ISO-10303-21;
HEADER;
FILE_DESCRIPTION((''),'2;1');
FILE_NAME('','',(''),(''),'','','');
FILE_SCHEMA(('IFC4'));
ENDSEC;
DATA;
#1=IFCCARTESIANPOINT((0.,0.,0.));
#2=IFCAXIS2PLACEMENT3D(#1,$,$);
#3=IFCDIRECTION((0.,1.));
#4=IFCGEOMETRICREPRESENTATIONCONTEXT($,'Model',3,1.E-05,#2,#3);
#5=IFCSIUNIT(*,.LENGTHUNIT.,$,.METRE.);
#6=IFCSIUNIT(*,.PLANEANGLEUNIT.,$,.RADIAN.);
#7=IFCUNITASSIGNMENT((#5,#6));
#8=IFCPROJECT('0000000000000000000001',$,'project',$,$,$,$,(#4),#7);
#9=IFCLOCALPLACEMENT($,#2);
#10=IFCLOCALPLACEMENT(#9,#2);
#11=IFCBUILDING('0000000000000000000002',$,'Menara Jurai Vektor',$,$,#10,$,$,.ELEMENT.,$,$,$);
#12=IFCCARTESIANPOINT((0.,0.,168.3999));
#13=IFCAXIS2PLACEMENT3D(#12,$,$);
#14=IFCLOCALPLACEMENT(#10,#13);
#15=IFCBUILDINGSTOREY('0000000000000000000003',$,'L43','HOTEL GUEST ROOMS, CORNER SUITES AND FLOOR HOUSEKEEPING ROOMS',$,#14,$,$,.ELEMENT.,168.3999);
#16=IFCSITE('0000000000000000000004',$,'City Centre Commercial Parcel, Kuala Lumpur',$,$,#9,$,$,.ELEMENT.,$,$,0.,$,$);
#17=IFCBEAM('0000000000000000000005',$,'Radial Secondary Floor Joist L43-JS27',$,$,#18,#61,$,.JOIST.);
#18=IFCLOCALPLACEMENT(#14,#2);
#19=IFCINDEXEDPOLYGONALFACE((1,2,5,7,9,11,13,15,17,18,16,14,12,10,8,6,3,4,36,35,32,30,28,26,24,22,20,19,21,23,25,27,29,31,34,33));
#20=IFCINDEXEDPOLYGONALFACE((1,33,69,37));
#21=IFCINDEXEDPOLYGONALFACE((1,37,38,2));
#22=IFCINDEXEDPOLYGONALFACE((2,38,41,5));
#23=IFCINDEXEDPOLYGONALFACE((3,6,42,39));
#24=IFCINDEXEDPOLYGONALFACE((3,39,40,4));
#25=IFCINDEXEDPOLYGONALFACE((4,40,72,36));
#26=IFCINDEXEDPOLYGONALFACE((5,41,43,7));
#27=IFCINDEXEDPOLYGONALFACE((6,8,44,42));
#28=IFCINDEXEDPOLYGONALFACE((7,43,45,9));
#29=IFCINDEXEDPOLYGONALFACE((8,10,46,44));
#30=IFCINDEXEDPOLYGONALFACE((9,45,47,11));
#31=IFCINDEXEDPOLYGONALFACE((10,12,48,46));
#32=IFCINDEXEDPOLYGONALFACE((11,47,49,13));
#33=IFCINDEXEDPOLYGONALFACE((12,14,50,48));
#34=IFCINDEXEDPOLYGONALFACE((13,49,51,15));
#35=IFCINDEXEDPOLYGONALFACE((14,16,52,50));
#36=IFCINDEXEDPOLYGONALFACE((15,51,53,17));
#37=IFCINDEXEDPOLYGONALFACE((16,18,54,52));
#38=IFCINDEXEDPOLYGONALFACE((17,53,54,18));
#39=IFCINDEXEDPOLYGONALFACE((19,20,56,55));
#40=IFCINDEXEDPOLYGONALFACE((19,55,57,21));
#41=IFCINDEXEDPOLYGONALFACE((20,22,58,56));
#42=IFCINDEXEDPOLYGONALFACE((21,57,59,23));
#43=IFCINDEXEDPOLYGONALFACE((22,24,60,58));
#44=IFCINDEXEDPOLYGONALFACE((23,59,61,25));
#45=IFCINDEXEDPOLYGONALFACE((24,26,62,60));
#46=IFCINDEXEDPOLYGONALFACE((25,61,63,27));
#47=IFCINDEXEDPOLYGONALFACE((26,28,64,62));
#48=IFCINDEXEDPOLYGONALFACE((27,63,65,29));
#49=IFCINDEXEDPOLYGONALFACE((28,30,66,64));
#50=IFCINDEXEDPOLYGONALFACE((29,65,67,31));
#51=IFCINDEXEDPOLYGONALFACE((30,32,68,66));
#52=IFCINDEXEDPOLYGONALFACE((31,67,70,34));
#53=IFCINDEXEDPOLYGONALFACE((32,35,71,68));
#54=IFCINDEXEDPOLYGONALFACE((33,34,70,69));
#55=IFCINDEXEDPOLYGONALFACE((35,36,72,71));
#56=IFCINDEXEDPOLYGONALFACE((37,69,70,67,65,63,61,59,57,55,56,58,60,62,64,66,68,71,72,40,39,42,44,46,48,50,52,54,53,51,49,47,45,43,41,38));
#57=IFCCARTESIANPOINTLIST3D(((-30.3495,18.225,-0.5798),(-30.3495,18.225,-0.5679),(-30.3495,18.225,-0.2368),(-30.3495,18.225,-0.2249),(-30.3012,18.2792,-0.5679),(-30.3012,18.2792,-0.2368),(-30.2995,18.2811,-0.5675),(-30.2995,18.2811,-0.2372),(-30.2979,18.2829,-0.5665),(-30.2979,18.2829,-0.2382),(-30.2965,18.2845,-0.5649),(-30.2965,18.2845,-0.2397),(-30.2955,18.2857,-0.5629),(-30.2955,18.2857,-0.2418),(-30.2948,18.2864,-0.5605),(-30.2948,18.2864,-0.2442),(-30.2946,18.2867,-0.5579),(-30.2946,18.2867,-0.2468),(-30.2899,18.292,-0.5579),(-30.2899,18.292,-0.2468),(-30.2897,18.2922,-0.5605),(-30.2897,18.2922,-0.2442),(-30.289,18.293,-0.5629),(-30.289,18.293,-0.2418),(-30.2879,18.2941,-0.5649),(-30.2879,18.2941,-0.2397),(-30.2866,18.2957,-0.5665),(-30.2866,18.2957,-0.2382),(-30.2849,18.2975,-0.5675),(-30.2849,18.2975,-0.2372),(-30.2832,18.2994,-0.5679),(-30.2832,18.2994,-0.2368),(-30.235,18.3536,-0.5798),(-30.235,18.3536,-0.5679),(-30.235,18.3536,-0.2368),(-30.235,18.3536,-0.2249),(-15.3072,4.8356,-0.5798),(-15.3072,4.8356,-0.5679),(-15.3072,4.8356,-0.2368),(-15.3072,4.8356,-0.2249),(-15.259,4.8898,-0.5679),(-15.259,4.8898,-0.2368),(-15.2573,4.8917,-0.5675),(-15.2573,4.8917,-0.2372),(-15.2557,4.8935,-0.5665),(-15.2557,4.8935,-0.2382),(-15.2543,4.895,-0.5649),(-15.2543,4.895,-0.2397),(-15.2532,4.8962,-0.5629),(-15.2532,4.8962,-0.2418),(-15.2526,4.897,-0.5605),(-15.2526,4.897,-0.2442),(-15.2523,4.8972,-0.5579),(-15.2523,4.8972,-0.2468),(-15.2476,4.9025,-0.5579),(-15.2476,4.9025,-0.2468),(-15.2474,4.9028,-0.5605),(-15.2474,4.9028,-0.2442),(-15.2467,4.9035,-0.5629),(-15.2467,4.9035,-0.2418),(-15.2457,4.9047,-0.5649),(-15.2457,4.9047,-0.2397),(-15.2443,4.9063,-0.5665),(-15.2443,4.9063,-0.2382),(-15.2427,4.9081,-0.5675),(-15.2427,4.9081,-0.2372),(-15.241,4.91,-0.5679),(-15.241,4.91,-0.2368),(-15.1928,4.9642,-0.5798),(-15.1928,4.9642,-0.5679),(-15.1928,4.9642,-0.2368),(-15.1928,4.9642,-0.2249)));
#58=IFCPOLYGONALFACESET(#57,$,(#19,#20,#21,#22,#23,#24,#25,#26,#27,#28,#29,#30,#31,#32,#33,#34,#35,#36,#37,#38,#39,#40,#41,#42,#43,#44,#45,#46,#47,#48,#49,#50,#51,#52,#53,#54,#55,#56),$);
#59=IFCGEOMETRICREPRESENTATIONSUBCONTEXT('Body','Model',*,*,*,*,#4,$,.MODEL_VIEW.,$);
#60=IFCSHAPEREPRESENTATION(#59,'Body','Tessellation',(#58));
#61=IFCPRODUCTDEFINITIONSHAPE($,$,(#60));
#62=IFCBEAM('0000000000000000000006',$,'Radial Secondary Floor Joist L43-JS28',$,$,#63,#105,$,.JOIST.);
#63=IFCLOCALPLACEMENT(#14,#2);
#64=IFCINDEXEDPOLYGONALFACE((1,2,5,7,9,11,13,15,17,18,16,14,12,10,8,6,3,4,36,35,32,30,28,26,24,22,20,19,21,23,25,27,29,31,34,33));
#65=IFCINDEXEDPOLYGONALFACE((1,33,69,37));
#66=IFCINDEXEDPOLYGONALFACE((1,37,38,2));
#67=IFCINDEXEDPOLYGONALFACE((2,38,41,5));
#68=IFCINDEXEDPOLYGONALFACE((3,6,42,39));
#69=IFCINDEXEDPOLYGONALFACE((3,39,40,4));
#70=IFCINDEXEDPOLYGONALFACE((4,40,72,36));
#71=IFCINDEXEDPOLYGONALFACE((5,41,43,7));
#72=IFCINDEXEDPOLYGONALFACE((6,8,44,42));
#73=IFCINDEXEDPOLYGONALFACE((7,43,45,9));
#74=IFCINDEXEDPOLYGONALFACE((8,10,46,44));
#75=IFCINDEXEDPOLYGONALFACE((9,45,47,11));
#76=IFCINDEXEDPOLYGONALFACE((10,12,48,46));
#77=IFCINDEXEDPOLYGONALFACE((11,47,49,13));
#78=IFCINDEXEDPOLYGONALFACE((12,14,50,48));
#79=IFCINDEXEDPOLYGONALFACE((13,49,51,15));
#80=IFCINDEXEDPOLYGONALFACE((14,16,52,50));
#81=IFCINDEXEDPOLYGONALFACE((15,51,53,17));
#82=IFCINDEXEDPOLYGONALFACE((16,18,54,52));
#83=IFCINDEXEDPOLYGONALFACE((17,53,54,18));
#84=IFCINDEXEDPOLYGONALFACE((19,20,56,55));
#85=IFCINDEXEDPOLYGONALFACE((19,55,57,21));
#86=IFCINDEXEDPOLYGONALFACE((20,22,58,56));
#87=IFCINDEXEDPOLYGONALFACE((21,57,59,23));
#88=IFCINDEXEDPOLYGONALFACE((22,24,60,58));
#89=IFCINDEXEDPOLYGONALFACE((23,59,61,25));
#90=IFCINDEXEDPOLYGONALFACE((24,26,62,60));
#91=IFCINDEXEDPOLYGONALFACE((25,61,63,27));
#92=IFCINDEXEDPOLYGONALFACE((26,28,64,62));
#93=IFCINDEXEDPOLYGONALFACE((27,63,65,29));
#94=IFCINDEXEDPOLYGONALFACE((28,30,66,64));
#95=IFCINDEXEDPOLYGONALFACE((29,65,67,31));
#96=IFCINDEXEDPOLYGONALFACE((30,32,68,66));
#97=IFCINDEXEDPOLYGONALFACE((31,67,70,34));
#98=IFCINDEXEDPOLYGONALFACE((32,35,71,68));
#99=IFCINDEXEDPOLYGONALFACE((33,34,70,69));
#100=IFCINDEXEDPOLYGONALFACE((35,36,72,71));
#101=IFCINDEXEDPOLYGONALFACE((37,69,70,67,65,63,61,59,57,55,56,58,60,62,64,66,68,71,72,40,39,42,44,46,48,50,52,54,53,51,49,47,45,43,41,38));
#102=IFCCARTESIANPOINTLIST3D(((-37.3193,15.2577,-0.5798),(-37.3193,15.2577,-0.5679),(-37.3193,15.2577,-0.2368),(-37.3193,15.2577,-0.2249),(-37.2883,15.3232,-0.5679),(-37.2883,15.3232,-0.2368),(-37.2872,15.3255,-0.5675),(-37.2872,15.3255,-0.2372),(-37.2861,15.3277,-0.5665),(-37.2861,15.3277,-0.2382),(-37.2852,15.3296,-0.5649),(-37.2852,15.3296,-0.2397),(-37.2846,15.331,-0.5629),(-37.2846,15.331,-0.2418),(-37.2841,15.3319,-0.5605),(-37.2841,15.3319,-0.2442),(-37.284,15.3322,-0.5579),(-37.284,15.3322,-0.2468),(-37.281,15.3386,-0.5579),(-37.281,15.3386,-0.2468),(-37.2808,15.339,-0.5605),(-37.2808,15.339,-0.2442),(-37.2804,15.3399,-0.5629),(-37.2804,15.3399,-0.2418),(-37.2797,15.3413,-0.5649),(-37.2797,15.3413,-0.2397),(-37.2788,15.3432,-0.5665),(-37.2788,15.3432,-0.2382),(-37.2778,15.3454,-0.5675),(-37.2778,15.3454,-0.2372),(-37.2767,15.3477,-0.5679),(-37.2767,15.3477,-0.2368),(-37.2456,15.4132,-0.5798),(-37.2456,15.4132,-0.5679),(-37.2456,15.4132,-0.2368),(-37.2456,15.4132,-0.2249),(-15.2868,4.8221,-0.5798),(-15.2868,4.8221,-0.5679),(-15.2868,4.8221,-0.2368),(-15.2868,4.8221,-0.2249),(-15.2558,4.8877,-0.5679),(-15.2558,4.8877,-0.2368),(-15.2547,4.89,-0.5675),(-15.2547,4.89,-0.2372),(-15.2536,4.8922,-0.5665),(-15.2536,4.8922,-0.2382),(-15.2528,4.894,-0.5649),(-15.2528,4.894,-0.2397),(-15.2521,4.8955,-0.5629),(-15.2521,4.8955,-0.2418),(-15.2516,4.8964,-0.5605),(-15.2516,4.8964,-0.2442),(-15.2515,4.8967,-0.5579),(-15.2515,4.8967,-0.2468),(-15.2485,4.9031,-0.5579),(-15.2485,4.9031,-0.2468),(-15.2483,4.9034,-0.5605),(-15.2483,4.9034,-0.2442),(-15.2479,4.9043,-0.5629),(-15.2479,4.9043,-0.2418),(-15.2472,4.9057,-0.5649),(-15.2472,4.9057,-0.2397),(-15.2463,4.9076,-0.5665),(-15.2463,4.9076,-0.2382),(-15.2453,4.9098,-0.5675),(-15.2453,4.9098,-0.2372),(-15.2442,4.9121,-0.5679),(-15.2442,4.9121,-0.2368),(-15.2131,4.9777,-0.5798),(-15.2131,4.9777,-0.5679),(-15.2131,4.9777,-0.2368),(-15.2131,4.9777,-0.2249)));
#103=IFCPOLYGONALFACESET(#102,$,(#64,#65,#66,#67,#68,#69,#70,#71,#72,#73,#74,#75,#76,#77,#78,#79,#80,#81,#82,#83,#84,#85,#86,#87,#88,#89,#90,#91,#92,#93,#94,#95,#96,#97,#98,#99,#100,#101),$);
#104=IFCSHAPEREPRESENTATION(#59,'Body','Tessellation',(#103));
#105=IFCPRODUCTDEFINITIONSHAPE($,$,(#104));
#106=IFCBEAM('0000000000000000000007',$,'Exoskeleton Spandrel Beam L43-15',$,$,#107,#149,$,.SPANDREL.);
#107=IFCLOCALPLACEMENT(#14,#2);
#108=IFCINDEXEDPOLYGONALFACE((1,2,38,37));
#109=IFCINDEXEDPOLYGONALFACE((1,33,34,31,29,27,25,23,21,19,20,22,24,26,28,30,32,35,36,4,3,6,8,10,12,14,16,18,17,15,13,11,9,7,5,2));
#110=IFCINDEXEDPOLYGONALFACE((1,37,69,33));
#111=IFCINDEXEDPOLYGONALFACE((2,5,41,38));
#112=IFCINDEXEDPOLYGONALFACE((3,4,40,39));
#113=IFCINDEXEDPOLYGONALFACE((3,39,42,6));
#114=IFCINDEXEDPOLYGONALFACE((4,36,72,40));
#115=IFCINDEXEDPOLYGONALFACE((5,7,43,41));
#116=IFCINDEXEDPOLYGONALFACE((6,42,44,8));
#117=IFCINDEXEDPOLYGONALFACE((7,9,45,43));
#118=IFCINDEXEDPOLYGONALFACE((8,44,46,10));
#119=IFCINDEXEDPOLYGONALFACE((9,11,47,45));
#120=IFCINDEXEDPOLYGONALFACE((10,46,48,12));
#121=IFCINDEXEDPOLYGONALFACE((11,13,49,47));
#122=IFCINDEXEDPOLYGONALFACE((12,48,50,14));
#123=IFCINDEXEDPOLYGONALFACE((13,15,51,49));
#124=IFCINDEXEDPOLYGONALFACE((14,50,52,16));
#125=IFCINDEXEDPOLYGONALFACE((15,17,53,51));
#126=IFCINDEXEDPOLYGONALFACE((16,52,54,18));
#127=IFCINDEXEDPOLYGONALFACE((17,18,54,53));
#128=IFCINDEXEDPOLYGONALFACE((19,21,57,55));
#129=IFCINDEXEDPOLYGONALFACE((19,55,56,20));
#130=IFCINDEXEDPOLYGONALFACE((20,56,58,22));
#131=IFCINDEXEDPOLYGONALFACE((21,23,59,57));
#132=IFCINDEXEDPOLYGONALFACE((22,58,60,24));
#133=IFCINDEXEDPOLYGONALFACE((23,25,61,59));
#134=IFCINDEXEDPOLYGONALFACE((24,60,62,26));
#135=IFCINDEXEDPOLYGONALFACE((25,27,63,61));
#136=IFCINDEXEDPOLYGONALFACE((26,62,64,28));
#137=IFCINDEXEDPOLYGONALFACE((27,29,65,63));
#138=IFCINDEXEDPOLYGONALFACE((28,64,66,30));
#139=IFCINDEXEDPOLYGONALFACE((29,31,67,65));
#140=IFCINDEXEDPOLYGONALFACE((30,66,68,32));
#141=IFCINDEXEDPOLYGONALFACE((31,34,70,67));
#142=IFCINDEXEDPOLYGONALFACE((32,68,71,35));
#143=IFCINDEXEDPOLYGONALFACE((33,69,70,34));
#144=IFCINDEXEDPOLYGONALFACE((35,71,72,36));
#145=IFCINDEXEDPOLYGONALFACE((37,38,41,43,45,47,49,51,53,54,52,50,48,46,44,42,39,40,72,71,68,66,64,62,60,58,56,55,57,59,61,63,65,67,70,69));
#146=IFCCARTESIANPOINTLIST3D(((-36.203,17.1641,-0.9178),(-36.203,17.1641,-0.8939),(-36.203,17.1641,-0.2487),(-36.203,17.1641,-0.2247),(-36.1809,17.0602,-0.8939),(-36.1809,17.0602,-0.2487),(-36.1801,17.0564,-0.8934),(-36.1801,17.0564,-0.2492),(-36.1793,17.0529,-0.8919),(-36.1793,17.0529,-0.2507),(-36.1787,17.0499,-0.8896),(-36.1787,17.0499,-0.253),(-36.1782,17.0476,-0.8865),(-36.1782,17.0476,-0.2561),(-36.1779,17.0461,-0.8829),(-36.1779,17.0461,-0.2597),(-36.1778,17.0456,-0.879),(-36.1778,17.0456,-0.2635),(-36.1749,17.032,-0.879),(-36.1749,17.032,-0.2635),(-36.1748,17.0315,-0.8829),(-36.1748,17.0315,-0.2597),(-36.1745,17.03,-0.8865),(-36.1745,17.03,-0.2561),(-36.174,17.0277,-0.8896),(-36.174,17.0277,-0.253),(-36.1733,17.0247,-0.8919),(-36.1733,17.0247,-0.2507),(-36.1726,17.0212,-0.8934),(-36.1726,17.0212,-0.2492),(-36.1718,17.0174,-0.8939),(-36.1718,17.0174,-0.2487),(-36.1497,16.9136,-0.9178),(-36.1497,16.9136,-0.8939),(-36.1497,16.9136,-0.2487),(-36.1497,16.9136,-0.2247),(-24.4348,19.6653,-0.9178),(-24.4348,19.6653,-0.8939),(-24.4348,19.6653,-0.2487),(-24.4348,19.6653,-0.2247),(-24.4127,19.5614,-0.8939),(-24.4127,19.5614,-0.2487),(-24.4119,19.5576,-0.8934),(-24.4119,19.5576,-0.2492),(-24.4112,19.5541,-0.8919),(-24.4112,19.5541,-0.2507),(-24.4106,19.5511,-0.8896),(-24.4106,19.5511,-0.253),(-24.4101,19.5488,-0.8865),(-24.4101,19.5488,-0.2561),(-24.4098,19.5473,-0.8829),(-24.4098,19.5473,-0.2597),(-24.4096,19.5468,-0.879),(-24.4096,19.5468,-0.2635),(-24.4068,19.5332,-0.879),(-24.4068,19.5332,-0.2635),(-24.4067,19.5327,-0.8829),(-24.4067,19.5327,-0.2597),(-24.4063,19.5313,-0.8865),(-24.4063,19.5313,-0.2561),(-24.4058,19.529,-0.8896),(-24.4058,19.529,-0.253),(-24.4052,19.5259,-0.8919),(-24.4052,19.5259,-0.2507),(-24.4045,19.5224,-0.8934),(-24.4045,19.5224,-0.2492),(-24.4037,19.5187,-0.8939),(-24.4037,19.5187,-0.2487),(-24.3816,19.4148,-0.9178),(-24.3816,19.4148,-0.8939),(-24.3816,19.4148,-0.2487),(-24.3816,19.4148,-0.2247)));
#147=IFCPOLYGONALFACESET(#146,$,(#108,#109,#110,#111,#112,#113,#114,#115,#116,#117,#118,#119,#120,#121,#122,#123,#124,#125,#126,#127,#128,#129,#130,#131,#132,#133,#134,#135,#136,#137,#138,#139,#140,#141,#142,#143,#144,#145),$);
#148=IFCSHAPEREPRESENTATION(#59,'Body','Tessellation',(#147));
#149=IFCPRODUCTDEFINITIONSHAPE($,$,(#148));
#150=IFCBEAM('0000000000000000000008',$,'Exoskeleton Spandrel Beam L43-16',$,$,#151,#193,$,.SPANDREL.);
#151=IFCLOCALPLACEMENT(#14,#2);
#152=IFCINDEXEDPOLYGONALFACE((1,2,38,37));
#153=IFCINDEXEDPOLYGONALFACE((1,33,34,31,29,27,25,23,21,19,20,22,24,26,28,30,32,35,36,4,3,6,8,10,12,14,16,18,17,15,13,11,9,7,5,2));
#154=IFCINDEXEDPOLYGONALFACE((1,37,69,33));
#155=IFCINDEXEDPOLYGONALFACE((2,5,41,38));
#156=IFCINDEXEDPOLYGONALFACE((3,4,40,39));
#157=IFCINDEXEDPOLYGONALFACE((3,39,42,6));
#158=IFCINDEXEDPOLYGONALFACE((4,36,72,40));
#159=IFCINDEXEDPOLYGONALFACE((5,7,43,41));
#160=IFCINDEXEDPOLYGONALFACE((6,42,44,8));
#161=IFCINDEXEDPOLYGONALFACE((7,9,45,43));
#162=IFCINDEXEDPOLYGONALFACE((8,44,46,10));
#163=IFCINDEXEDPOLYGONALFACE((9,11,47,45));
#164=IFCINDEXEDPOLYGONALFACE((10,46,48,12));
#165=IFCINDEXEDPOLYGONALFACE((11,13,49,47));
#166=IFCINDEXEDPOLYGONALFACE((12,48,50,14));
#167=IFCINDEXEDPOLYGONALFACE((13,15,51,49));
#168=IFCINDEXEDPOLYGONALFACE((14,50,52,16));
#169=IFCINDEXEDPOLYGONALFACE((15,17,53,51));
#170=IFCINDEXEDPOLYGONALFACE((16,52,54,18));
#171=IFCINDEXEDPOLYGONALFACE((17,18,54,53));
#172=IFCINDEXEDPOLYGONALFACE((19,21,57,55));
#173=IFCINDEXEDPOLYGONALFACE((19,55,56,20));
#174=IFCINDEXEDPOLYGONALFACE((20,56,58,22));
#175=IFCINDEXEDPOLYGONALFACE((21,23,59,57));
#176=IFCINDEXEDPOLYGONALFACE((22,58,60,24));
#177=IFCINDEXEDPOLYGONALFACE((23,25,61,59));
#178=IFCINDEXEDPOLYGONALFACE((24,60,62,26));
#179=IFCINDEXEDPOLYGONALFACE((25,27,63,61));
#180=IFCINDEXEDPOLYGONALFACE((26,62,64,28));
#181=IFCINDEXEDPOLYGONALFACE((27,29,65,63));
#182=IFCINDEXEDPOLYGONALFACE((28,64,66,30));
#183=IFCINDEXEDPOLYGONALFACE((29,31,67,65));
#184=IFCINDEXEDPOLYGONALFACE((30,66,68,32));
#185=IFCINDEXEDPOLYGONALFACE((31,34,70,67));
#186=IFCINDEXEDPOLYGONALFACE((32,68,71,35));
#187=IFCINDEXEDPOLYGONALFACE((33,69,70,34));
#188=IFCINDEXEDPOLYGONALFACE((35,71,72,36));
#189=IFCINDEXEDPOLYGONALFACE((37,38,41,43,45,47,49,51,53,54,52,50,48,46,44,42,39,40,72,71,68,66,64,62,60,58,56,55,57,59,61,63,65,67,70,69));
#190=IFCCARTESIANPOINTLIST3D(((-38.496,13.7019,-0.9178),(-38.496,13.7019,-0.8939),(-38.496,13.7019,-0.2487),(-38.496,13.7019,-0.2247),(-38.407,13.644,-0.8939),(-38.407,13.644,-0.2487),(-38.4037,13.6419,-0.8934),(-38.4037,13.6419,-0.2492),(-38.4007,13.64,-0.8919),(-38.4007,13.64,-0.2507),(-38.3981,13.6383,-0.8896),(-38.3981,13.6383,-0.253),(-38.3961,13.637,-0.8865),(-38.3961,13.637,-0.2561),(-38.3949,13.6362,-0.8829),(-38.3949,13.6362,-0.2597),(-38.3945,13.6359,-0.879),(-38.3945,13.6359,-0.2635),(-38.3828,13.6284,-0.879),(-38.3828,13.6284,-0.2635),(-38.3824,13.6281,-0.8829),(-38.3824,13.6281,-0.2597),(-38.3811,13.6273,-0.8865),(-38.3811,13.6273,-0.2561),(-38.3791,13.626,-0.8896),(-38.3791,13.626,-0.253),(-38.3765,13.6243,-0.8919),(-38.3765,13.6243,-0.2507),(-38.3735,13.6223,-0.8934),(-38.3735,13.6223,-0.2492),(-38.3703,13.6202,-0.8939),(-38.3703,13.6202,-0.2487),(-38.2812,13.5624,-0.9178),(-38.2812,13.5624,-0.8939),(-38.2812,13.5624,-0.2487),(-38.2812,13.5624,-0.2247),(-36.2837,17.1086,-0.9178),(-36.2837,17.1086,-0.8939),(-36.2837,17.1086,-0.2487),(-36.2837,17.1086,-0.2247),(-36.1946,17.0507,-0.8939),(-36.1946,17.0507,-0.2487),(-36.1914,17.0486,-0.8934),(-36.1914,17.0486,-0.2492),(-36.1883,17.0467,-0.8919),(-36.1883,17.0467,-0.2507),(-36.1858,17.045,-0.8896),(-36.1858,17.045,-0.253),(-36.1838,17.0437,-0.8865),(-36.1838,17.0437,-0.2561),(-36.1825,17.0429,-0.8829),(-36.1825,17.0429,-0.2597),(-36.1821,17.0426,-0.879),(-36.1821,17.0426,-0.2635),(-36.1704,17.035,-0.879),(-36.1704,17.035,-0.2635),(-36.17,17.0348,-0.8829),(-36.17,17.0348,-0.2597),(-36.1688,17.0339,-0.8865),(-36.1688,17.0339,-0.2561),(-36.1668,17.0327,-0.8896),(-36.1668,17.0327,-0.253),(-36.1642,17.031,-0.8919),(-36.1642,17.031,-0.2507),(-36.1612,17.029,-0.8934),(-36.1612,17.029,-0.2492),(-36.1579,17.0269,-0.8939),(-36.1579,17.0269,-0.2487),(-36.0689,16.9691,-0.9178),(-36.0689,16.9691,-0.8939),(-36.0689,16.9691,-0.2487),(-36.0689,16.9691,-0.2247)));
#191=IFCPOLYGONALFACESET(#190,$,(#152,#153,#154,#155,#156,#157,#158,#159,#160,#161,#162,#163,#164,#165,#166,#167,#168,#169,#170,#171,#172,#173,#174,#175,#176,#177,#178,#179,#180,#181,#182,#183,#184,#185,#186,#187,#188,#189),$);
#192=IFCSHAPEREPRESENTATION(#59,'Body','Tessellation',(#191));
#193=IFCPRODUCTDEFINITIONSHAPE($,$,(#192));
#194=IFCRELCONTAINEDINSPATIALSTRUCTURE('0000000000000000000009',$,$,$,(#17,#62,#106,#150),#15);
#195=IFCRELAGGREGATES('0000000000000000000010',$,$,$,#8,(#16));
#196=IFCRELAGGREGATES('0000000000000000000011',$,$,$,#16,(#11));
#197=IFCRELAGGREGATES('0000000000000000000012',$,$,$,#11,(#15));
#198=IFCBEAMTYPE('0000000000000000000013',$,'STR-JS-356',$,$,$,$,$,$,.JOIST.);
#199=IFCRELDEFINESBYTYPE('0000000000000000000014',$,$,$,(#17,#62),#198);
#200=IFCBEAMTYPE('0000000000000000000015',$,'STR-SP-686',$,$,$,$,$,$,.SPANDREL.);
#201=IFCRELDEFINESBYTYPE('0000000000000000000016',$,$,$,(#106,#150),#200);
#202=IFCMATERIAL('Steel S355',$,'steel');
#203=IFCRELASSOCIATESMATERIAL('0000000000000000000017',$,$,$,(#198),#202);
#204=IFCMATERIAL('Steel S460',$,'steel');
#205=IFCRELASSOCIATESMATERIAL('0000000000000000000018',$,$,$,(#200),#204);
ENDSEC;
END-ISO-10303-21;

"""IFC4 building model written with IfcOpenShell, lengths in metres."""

from ifc_helpers import new_model, si_unit, direction, frame, origin, origin_2d, place, context, subcontext, project, spatial, i_section, extrude, material, material_profile, profile_set, type_object, element, save


model = new_model("IFC4")

# Units and contexts
model_context = context("Model", 3, precision=1e-05, world=origin(), true_north=direction((0.0, 1.0)))
body_context = subcontext(model_context, "Body", "Model", "MODEL_VIEW")
ifc_project = project(units=[si_unit("LENGTHUNIT", "METRE"), si_unit("PLANEANGLEUNIT", "RADIAN")], contexts=[model_context])

# Site, building, storey
site_placement = place(None, origin())
site = spatial("IfcSite", under=ifc_project, at=site_placement, Name="City Centre Commercial Parcel, Kuala Lumpur", CompositionType="ELEMENT", RefElevation=0.0)
building_placement = place(site_placement, origin())
building = spatial("IfcBuilding", under=site, at=building_placement, Name="Menara Jurai Vektor", CompositionType="ELEMENT")
storey_placement = place(building_placement, frame((0.0, 0.0, 168.3999)))
storey = spatial("IfcBuildingStorey", under=building, at=storey_placement, Name="L43", Description="HOTEL GUEST ROOMS, CORNER SUITES AND FLOOR HOUSEKEEPING ROOMS", CompositionType="ELEMENT", Elevation=168.3999)

# Shared definitions
ifc_material_1 = material(Name="Steel S460", Category="steel")

# Shared definitions
ifc_material_2 = material(Name="Steel S355", Category="steel")

# Beams
ifc_material_profile_1 = material_profile(ifc_material_2, i_section(OverallWidth=0.1721, OverallDepth=0.355, WebThickness=0.0071, FlangeThickness=0.012, FilletRadius=0.01, at=origin_2d()), Name="UKB 356x171x51")
ifc_profile_set_1 = profile_set([ifc_material_profile_1], Name="Steel S355")
beam_type_1 = type_object("IfcBeamType", Name="STR-JS-356", PredefinedType="JOIST", material=ifc_profile_set_1)
beam_1_placement = place(storey_placement, frame((-30.2922, 18.2893, -0.4023), z_axis=(0.746952, -0.664878, 0.0), x_axis=(0.664878, 0.746952, 0.0)))
element("IfcBeam", 1, at=beam_1_placement, inside=storey, type_object=beam_type_1, Name="Radial Secondary Floor Joist L43-JS27", PredefinedType="JOIST", context=body_context, shape_type="SweptSolid", body=[
    extrude(i_section(OverallWidth=0.1721, OverallDepth=0.355, WebThickness=0.0071, FlangeThickness=0.012, FilletRadius=0.01, at=origin_2d()), origin(), (0.0, 0.0, 1.0), 20.1382),
])
beam_2_placement = place(storey_placement, frame((-37.2825, 15.3354, -0.4023), z_axis=(0.903752, -0.428057, 0.0), x_axis=(0.428057, 0.903752, 0.0)))
element("IfcBeam", 2, at=beam_2_placement, inside=storey, type_object=beam_type_1, Name="Radial Secondary Floor Joist L43-JS28", PredefinedType="JOIST", context=body_context, shape_type="SweptSolid", body=[
    extrude(i_section(OverallWidth=0.1721, OverallDepth=0.355, WebThickness=0.0071, FlangeThickness=0.012, FilletRadius=0.01, at=origin_2d()), origin(), (0.0, 0.0, 1.0), 24.3789),
])
ifc_material_profile_2 = material_profile(ifc_material_1, i_section(OverallWidth=0.2561, OverallDepth=0.6931, WebThickness=0.0139, FlangeThickness=0.0239, FilletRadius=0.0149, at=origin_2d()), Name="UKB 686x254x170")
ifc_profile_set_2 = profile_set([ifc_material_profile_2], Name="Steel S460")
beam_type_2 = type_object("IfcBeamType", Name="STR-SP-686", PredefinedType="SPANDREL", material=ifc_profile_set_2)
beam_3_placement = place(storey_placement, frame((-24.4082, 19.54, -0.5713), z_axis=(-0.97815, -0.207899, 0.0), x_axis=(0.207899, -0.97815, 0.0)))
element("IfcBeam", 3, at=beam_3_placement, inside=storey, type_object=beam_type_2, Name="Exoskeleton Spandrel Beam L43-15", PredefinedType="SPANDREL", context=body_context, shape_type="SweptSolid", body=[
    extrude(i_section(OverallWidth=0.2561, OverallDepth=0.6931, WebThickness=0.0139, FlangeThickness=0.0239, FilletRadius=0.0149, at=origin_2d()), origin(), (0.0, 0.0, 1.0), 12.031),
])
beam_4_placement = place(storey_placement, frame((-36.1763, 17.0388, -0.5713), z_axis=(-0.544646, -0.838666, 0.0), x_axis=(0.838666, -0.544646, 0.0)))
element("IfcBeam", 4, at=beam_4_placement, inside=storey, type_object=beam_type_2, Name="Exoskeleton Spandrel Beam L43-16", PredefinedType="SPANDREL", context=body_context, shape_type="SweptSolid", body=[
    extrude(i_section(OverallWidth=0.2561, OverallDepth=0.6931, WebThickness=0.0139, FlangeThickness=0.0239, FilletRadius=0.0149, at=origin_2d()), origin(), (0.0, 0.0, 1.0), 4.062),
])

save(model, "model.ifc")
